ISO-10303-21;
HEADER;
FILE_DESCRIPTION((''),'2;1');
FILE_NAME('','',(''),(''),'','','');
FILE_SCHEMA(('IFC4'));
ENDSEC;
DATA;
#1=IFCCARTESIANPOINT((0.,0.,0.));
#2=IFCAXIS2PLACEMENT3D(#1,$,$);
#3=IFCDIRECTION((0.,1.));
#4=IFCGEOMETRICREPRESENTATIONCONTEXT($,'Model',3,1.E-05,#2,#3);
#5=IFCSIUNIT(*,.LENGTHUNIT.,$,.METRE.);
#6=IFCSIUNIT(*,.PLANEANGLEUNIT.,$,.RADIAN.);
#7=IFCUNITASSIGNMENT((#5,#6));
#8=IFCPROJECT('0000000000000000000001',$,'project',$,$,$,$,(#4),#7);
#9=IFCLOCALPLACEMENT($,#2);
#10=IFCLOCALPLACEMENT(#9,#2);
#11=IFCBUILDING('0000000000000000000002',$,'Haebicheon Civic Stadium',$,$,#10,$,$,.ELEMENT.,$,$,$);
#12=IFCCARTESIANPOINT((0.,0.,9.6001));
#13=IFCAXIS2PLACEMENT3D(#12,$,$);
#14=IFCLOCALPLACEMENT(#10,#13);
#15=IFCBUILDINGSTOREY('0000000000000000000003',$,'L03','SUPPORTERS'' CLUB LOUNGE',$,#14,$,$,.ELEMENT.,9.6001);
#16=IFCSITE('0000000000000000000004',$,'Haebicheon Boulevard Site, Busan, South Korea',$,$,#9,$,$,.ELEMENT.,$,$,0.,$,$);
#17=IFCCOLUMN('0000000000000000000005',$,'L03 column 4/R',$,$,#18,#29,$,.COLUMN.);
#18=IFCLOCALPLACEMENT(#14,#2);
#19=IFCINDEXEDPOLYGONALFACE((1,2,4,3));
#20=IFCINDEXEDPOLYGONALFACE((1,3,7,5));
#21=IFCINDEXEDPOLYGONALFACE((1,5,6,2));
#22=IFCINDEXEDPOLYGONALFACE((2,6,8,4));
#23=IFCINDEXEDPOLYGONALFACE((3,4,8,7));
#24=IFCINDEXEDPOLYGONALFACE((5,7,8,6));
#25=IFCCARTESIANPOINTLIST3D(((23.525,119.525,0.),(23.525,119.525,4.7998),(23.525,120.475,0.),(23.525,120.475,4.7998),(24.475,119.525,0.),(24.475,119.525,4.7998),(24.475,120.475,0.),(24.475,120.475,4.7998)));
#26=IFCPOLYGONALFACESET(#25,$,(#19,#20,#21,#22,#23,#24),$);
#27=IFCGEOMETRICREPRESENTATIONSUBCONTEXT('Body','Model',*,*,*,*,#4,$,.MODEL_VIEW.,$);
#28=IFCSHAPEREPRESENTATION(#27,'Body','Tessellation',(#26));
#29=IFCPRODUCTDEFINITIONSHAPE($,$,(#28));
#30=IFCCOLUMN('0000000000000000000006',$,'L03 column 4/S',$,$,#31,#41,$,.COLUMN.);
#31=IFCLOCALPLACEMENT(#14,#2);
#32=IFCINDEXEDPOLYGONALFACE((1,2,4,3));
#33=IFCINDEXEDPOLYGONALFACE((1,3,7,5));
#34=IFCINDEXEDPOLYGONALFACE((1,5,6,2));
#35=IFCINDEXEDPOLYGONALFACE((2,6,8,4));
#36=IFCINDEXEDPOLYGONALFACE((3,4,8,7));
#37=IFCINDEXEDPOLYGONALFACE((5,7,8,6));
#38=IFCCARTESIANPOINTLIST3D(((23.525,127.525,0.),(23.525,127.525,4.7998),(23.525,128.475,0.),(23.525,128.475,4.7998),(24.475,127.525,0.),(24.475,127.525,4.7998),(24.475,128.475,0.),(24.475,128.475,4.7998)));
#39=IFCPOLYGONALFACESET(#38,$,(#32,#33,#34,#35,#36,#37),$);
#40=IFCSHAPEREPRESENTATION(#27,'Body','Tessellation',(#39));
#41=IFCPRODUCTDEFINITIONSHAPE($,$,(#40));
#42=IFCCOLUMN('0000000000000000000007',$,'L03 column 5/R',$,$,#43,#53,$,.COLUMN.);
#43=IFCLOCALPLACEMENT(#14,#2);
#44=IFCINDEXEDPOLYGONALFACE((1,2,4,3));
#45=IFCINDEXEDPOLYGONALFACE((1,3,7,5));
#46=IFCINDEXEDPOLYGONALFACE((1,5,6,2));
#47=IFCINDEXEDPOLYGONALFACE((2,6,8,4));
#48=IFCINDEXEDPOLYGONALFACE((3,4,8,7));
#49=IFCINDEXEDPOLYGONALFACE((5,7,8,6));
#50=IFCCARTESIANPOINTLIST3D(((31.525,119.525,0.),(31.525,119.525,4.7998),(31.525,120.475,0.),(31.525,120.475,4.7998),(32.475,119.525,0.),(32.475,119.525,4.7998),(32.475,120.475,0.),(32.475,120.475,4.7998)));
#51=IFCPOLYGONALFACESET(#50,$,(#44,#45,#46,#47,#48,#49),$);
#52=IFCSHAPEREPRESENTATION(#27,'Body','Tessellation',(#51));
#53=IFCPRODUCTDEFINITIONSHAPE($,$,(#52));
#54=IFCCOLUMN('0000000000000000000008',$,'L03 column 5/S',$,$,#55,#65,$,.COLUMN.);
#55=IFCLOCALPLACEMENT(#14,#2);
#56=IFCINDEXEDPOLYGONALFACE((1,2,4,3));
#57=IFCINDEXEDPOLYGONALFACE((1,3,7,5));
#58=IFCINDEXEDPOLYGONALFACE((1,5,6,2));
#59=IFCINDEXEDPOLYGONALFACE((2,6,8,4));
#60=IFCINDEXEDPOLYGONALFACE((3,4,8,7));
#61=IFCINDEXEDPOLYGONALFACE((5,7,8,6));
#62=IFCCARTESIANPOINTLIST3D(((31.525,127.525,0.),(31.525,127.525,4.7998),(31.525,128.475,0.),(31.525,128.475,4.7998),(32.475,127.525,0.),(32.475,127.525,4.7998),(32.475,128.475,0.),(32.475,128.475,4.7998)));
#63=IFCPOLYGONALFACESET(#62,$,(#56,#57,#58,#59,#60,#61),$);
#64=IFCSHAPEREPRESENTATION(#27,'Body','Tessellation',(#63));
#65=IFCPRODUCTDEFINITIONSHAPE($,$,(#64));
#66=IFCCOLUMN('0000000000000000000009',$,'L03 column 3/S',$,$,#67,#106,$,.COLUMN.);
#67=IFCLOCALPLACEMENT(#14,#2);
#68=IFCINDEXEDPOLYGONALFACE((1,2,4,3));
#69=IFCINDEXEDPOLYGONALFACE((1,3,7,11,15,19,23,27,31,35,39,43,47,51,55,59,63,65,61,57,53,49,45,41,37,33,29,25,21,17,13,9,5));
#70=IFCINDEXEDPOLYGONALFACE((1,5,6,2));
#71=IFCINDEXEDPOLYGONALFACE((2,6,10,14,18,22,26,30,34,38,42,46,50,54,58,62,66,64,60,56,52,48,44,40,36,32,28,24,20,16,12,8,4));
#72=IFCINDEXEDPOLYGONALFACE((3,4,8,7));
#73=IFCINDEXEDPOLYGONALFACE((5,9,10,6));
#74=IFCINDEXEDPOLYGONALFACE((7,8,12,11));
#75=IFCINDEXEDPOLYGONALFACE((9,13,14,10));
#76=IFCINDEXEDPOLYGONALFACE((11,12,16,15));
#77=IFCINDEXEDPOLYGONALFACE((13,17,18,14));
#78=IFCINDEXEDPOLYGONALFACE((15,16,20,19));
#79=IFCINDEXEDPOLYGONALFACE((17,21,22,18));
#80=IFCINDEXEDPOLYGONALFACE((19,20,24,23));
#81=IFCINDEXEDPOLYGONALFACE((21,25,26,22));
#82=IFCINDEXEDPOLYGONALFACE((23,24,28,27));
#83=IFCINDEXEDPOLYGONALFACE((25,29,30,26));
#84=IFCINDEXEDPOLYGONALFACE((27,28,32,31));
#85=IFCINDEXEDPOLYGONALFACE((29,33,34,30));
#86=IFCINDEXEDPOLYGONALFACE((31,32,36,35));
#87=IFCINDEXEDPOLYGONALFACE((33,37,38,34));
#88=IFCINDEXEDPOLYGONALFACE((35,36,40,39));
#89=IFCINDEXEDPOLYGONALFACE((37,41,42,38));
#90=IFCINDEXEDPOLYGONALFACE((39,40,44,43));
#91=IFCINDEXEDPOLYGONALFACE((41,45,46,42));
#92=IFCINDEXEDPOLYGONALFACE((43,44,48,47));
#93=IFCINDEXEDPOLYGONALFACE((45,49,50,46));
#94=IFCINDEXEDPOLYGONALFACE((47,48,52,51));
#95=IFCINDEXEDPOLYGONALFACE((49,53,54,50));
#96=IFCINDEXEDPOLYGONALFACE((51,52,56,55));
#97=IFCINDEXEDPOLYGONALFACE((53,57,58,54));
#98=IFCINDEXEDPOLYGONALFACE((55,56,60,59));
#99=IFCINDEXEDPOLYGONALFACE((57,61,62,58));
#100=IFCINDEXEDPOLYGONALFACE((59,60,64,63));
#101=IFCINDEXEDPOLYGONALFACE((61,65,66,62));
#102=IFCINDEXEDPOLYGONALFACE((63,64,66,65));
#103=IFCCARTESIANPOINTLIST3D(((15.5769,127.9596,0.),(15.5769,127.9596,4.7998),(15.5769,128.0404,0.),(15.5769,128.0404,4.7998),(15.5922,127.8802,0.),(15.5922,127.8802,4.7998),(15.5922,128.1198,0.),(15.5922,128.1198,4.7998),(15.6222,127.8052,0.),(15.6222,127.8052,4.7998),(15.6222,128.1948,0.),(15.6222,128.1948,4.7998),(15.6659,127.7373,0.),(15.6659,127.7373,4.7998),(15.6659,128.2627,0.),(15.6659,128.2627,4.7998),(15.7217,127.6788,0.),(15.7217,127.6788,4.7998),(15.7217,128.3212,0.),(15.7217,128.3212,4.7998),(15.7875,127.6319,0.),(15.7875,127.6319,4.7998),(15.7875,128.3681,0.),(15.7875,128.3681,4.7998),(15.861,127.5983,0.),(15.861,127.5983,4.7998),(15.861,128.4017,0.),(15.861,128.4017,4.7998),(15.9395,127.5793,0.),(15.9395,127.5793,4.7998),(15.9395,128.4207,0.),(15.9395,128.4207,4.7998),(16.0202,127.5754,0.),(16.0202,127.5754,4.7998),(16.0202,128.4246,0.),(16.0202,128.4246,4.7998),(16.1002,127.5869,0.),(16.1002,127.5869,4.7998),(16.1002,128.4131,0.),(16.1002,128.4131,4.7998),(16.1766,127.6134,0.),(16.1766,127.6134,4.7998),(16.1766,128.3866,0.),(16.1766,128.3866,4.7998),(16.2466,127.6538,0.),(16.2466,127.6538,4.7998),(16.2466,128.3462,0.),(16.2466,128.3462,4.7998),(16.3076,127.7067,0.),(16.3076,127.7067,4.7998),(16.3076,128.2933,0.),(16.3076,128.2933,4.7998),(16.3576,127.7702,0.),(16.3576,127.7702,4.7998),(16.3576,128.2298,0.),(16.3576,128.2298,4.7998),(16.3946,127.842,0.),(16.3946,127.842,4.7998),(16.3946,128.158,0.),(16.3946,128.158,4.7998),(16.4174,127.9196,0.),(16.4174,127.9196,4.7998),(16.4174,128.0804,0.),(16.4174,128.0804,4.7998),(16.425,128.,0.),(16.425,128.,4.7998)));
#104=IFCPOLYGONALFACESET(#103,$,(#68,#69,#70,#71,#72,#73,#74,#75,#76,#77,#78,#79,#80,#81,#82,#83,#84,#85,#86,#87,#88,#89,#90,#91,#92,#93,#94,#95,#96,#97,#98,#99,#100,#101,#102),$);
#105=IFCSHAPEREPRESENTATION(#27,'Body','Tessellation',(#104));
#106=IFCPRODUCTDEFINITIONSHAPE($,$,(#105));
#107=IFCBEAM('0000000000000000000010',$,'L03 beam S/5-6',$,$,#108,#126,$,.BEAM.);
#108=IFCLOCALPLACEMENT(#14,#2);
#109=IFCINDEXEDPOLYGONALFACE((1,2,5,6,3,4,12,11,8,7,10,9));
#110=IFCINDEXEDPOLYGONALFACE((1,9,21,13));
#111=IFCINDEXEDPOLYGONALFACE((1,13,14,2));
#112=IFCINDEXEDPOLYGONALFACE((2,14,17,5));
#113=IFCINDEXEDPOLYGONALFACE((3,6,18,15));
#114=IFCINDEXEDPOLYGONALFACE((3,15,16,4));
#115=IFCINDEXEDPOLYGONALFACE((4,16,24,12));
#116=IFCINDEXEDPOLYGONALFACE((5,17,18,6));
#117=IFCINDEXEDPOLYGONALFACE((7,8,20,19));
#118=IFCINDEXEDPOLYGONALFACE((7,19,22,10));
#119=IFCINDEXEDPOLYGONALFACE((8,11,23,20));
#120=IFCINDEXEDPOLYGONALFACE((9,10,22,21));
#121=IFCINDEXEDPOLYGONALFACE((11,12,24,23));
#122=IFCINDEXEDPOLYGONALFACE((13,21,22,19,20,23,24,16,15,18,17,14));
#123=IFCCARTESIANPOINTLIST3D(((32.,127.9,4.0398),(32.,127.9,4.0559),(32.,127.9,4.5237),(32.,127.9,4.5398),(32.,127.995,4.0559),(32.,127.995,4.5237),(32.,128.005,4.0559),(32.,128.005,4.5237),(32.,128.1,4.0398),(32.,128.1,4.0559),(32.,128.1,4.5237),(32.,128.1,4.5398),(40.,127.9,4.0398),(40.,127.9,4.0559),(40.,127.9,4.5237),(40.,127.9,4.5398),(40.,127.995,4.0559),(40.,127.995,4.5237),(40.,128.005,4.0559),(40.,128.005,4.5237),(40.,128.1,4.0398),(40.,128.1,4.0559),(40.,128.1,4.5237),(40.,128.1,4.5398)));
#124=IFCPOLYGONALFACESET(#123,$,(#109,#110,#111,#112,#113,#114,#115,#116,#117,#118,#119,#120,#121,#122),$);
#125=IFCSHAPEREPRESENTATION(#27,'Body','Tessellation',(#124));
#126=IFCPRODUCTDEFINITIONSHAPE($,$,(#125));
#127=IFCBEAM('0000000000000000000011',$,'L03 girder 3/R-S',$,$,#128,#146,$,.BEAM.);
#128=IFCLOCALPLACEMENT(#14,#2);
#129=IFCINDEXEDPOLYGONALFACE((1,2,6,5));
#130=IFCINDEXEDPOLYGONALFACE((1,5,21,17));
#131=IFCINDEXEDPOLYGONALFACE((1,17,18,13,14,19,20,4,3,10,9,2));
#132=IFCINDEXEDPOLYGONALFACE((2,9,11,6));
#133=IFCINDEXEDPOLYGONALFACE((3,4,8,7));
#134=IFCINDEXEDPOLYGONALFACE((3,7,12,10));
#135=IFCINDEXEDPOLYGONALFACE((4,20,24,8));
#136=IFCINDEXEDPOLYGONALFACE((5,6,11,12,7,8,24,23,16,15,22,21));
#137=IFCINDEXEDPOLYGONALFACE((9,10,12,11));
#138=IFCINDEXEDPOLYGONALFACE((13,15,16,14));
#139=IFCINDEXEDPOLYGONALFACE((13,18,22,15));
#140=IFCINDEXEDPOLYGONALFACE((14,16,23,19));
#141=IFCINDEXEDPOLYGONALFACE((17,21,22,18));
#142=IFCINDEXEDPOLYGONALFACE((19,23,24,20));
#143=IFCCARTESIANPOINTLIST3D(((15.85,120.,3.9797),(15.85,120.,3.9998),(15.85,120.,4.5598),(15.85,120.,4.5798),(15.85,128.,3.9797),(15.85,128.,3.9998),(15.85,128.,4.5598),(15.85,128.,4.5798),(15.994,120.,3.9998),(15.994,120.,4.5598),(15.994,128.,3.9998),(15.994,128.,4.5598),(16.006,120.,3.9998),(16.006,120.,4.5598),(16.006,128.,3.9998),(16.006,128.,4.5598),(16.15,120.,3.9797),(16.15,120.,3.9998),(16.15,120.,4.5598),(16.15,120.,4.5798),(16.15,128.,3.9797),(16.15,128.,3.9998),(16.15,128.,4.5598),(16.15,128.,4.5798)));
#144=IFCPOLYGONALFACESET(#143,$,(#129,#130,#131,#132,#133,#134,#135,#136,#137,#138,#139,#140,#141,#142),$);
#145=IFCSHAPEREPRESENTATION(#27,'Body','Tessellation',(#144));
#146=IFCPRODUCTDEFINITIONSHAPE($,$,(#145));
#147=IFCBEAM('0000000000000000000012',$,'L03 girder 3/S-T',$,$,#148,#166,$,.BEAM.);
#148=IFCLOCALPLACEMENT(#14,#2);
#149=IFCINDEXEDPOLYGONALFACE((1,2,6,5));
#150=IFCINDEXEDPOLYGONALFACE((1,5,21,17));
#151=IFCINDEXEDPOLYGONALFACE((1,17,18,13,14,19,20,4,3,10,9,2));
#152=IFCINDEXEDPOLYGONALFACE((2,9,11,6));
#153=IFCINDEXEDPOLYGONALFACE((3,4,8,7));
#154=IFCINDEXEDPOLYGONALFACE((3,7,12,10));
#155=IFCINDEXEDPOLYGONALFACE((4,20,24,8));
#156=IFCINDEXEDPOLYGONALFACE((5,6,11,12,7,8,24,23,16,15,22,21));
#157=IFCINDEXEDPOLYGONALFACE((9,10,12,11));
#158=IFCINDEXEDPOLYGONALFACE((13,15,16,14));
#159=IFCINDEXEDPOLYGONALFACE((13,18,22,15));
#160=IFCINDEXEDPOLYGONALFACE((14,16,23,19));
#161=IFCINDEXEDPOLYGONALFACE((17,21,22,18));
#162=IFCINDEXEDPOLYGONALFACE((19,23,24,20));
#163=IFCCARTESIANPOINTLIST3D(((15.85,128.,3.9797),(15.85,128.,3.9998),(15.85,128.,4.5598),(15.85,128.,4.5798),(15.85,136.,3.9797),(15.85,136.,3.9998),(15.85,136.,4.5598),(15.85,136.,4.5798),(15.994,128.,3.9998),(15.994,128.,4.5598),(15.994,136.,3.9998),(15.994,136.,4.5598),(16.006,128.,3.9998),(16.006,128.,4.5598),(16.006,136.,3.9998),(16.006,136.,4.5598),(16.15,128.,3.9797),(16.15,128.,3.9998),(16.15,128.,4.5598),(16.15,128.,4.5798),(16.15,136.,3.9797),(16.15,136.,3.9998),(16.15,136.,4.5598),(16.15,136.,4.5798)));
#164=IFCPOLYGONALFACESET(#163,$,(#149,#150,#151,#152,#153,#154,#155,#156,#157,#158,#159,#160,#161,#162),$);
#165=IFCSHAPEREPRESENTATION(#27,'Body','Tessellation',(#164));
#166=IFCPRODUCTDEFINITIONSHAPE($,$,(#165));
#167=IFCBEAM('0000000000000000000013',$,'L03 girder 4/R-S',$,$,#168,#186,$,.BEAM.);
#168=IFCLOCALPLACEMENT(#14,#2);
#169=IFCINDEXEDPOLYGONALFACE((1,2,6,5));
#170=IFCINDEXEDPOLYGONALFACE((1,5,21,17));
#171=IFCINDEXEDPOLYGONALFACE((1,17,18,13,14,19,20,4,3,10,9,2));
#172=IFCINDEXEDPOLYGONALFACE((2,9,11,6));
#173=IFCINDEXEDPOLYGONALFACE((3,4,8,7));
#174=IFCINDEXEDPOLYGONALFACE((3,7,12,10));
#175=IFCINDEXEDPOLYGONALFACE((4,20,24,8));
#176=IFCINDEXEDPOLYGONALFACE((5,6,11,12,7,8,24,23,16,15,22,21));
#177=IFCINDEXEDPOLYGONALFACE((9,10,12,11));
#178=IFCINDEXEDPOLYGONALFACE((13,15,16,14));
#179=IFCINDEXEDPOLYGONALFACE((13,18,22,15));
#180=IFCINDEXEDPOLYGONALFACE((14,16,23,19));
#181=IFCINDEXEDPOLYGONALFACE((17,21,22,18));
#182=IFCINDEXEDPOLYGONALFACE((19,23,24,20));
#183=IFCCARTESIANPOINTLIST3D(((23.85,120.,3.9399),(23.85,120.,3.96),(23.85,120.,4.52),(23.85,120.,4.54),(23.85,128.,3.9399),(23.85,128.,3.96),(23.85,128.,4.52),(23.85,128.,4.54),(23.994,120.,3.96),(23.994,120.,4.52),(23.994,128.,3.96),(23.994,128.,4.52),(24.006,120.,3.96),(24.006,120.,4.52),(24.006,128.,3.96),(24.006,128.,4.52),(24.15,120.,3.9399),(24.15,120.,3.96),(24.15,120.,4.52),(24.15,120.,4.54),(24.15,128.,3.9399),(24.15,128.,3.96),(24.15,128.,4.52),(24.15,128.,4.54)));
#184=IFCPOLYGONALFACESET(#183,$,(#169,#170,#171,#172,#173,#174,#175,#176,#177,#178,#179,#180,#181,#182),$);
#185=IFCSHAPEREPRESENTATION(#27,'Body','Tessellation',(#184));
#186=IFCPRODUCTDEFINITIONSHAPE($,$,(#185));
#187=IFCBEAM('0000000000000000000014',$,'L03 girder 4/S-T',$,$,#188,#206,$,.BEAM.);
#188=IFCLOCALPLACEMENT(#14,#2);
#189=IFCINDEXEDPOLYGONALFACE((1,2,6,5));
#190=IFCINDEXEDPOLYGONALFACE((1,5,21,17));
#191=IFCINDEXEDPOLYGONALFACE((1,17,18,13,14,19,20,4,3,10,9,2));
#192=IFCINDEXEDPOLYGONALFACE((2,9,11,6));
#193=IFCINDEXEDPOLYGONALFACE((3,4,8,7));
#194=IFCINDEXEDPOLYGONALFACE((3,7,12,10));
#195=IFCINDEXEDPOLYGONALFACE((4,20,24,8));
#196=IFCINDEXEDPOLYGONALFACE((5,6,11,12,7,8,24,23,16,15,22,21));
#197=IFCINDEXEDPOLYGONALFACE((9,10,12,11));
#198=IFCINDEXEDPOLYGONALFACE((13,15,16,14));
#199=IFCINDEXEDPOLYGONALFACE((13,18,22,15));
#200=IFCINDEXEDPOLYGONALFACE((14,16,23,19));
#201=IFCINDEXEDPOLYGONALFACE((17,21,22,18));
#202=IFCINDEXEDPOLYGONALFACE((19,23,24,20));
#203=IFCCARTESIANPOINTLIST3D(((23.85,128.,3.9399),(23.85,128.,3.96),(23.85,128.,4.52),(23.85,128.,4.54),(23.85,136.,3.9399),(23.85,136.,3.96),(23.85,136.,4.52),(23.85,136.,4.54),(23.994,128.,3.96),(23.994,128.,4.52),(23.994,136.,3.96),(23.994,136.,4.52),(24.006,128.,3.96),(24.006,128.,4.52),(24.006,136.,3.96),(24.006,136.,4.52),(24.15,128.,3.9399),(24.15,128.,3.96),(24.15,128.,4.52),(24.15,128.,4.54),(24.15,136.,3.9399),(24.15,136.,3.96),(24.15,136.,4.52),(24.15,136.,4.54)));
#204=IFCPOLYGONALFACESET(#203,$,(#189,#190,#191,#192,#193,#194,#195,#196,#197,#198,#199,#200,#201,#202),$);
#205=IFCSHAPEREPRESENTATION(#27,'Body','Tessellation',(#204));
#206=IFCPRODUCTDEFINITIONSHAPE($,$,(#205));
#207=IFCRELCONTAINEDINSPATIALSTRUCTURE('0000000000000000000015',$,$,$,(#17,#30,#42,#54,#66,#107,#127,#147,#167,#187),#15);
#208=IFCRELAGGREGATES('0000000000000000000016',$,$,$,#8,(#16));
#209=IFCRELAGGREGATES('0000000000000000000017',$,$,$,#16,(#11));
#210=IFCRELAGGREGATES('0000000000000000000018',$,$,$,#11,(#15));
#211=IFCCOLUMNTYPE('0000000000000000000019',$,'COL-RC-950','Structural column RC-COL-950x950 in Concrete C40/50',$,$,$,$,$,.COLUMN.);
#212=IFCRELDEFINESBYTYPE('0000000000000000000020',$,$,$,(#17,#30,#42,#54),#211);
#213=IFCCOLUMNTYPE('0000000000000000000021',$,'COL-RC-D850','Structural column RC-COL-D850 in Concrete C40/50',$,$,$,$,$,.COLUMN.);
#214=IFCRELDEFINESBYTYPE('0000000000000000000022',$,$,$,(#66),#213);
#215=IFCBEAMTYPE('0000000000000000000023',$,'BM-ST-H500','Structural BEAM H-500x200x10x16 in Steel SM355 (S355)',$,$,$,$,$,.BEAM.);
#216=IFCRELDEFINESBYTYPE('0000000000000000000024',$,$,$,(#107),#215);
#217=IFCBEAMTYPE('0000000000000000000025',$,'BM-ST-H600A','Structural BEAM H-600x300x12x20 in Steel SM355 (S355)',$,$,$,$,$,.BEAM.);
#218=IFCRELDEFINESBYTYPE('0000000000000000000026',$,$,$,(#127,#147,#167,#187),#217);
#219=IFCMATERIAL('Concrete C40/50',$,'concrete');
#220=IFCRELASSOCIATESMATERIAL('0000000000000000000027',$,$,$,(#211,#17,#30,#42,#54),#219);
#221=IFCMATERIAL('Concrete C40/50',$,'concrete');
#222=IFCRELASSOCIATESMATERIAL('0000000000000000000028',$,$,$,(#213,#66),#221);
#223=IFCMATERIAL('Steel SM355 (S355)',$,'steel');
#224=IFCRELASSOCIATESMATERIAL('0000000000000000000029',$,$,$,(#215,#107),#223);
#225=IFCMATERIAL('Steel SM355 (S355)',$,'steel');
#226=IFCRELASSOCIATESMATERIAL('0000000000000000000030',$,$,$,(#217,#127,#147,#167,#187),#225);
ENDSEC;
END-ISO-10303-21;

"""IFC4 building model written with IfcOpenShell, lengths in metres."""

from ifc_helpers import new_model, si_unit, direction, frame, origin, origin_2d, place, context, subcontext, project, spatial, rectangle, circle, i_section, extrude, material, material_profile, profile_set, type_object, element, save


model = new_model("IFC4")

# Units and contexts
model_context = context("Model", 3, precision=1e-05, world=origin(), true_north=direction((0.0, 1.0)))
body_context = subcontext(model_context, "Body", "Model", "MODEL_VIEW")
ifc_project = project(units=[si_unit("LENGTHUNIT", "METRE"), si_unit("PLANEANGLEUNIT", "RADIAN")], contexts=[model_context])

# Site, building, storey
site_placement = place(None, origin())
site = spatial("IfcSite", under=ifc_project, at=site_placement, Name="Haebicheon Boulevard Site, Busan, South Korea", CompositionType="ELEMENT", RefElevation=0.0)
building_placement = place(site_placement, origin())
building = spatial("IfcBuilding", under=site, at=building_placement, Name="Haebicheon Civic Stadium", CompositionType="ELEMENT")
storey_placement = place(building_placement, frame((0.0, 0.0, 9.6001)))
storey = spatial("IfcBuildingStorey", under=building, at=storey_placement, Name="L03", Description="SUPPORTERS' CLUB LOUNGE", CompositionType="ELEMENT", Elevation=9.6001)

# Columns
ifc_material_1 = material(Name="Concrete C40/50", Category="concrete")
ifc_material_profile_1 = material_profile(ifc_material_1, rectangle(XDim=0.95, YDim=0.95, at=origin_2d()), Name="RC-COL-950x950")
ifc_profile_set_1 = profile_set([ifc_material_profile_1], Name="Concrete C40/50")
column_type_1 = type_object("IfcColumnType", Name="COL-RC-950", Description="Structural column RC-COL-950x950 in Concrete C40/50", PredefinedType="COLUMN", material=ifc_profile_set_1)
for number, where, z_axis, x_axis, name in (
    (1, (24.0, 120.0, 0.0), (0.0, 0.0, 1.0), (1.0, 0.0, 0.0), "L03 column 4/R"),
    (2, (24.0, 128.0, 0.0), (0.0, 0.0, 1.0), (1.0, 0.0, 0.0), "L03 column 4/S"),
    (3, (32.0, 120.0, 0.0), (0.0, 0.0, 1.0), (1.0, 0.0, 0.0), "L03 column 5/R"),
    (4, (32.0, 128.0, 0.0), (0.0, 0.0, 1.0), (1.0, 0.0, 0.0), "L03 column 5/S"),
):
    element("IfcColumn", number, at=place(storey_placement, frame(where, z_axis=z_axis, x_axis=x_axis)), inside=storey, type_object=column_type_1, material=ifc_profile_set_1, Name=name, PredefinedType="COLUMN", context=body_context, shape_type="SweptSolid", body=[
        extrude(rectangle(XDim=0.95, YDim=0.95, at=origin_2d()), origin(), (0.0, 0.0, 1.0), 4.7998),
    ])
ifc_material_2 = material(Name="Concrete C40/50", Category="concrete")
ifc_material_profile_2 = material_profile(ifc_material_2, circle(Radius=0.425, at=origin_2d()), Name="RC-COL-D850")
ifc_profile_set_2 = profile_set([ifc_material_profile_2], Name="Concrete C40/50")
column_type_2 = type_object("IfcColumnType", Name="COL-RC-D850", Description="Structural column RC-COL-D850 in Concrete C40/50", PredefinedType="COLUMN", material=ifc_profile_set_2)
column_placement = place(storey_placement, frame((16.0, 128.0, 0.0), z_axis=(0.0, 0.0, 1.0), x_axis=(1.0, 0.0, 0.0)))
element("IfcColumn", 5, at=column_placement, inside=storey, type_object=column_type_2, material=ifc_profile_set_2, Name="L03 column 3/S", PredefinedType="COLUMN", context=body_context, shape_type="SweptSolid", body=[
    extrude(circle(Radius=0.425, at=origin_2d()), origin(), (0.0, 0.0, 1.0), 4.7998),
])

# Beams
ifc_material_3 = material(Name="Steel SM355 (S355)", Category="steel")
ifc_material_profile_3 = material_profile(ifc_material_3, i_section(OverallWidth=0.2, OverallDepth=0.5, WebThickness=0.01, FlangeThickness=0.0161, at=origin_2d()), Name="H-500x200x10x16")
ifc_profile_set_3 = profile_set([ifc_material_profile_3], Name="Steel SM355 (S355)")
beam_type_1 = type_object("IfcBeamType", Name="BM-ST-H500", Description="Structural BEAM H-500x200x10x16 in Steel SM355 (S355)", PredefinedType="BEAM", material=ifc_profile_set_3)
beam_1_placement = place(storey_placement, frame((32.0, 128.0, 4.2898), z_axis=(1.0, 0.0, 0.0), x_axis=(0.0, 1.0, 0.0)))
element("IfcBeam", 6, at=beam_1_placement, inside=storey, type_object=beam_type_1, material=ifc_profile_set_3, Name="L03 beam S/5-6", PredefinedType="BEAM", context=body_context, shape_type="SweptSolid", body=[
    extrude(i_section(OverallWidth=0.2, OverallDepth=0.5, WebThickness=0.01, FlangeThickness=0.0161, at=origin_2d()), origin(), (0.0, 0.0, 1.0), 8.0),
])
ifc_material_4 = material(Name="Steel SM355 (S355)", Category="steel")
ifc_material_profile_4 = material_profile(ifc_material_4, i_section(OverallWidth=0.3, OverallDepth=0.6001, WebThickness=0.012, FlangeThickness=0.02, at=origin_2d()), Name="H-600x300x12x20")
ifc_profile_set_4 = profile_set([ifc_material_profile_4], Name="Steel SM355 (S355)")
beam_type_2 = type_object("IfcBeamType", Name="BM-ST-H600A", Description="Structural BEAM H-600x300x12x20 in Steel SM355 (S355)", PredefinedType="BEAM", material=ifc_profile_set_4)
for number, where, z_axis, x_axis, name in (
    (7, (16.0, 120.0, 4.2798), (0.0, 1.0, 0.0), (-1.0, 0.0, 0.0), "L03 girder 3/R-S"),
    (8, (16.0, 128.0, 4.2798), (0.0, 1.0, 0.0), (-1.0, 0.0, 0.0), "L03 girder 3/S-T"),
    (9, (24.0, 120.0, 4.24), (0.0, 1.0, 0.0), (-1.0, 0.0, 0.0), "L03 girder 4/R-S"),
    (10, (24.0, 128.0, 4.24), (0.0, 1.0, 0.0), (-1.0, 0.0, 0.0), "L03 girder 4/S-T"),
):
    element("IfcBeam", number, at=place(storey_placement, frame(where, z_axis=z_axis, x_axis=x_axis)), inside=storey, type_object=beam_type_2, material=ifc_profile_set_4, Name=name, PredefinedType="BEAM", context=body_context, shape_type="SweptSolid", body=[
        extrude(i_section(OverallWidth=0.3, OverallDepth=0.6001, WebThickness=0.012, FlangeThickness=0.02, at=origin_2d()), origin(), (0.0, 0.0, 1.0), 8.0),
    ])

save(model, "model.ifc")
